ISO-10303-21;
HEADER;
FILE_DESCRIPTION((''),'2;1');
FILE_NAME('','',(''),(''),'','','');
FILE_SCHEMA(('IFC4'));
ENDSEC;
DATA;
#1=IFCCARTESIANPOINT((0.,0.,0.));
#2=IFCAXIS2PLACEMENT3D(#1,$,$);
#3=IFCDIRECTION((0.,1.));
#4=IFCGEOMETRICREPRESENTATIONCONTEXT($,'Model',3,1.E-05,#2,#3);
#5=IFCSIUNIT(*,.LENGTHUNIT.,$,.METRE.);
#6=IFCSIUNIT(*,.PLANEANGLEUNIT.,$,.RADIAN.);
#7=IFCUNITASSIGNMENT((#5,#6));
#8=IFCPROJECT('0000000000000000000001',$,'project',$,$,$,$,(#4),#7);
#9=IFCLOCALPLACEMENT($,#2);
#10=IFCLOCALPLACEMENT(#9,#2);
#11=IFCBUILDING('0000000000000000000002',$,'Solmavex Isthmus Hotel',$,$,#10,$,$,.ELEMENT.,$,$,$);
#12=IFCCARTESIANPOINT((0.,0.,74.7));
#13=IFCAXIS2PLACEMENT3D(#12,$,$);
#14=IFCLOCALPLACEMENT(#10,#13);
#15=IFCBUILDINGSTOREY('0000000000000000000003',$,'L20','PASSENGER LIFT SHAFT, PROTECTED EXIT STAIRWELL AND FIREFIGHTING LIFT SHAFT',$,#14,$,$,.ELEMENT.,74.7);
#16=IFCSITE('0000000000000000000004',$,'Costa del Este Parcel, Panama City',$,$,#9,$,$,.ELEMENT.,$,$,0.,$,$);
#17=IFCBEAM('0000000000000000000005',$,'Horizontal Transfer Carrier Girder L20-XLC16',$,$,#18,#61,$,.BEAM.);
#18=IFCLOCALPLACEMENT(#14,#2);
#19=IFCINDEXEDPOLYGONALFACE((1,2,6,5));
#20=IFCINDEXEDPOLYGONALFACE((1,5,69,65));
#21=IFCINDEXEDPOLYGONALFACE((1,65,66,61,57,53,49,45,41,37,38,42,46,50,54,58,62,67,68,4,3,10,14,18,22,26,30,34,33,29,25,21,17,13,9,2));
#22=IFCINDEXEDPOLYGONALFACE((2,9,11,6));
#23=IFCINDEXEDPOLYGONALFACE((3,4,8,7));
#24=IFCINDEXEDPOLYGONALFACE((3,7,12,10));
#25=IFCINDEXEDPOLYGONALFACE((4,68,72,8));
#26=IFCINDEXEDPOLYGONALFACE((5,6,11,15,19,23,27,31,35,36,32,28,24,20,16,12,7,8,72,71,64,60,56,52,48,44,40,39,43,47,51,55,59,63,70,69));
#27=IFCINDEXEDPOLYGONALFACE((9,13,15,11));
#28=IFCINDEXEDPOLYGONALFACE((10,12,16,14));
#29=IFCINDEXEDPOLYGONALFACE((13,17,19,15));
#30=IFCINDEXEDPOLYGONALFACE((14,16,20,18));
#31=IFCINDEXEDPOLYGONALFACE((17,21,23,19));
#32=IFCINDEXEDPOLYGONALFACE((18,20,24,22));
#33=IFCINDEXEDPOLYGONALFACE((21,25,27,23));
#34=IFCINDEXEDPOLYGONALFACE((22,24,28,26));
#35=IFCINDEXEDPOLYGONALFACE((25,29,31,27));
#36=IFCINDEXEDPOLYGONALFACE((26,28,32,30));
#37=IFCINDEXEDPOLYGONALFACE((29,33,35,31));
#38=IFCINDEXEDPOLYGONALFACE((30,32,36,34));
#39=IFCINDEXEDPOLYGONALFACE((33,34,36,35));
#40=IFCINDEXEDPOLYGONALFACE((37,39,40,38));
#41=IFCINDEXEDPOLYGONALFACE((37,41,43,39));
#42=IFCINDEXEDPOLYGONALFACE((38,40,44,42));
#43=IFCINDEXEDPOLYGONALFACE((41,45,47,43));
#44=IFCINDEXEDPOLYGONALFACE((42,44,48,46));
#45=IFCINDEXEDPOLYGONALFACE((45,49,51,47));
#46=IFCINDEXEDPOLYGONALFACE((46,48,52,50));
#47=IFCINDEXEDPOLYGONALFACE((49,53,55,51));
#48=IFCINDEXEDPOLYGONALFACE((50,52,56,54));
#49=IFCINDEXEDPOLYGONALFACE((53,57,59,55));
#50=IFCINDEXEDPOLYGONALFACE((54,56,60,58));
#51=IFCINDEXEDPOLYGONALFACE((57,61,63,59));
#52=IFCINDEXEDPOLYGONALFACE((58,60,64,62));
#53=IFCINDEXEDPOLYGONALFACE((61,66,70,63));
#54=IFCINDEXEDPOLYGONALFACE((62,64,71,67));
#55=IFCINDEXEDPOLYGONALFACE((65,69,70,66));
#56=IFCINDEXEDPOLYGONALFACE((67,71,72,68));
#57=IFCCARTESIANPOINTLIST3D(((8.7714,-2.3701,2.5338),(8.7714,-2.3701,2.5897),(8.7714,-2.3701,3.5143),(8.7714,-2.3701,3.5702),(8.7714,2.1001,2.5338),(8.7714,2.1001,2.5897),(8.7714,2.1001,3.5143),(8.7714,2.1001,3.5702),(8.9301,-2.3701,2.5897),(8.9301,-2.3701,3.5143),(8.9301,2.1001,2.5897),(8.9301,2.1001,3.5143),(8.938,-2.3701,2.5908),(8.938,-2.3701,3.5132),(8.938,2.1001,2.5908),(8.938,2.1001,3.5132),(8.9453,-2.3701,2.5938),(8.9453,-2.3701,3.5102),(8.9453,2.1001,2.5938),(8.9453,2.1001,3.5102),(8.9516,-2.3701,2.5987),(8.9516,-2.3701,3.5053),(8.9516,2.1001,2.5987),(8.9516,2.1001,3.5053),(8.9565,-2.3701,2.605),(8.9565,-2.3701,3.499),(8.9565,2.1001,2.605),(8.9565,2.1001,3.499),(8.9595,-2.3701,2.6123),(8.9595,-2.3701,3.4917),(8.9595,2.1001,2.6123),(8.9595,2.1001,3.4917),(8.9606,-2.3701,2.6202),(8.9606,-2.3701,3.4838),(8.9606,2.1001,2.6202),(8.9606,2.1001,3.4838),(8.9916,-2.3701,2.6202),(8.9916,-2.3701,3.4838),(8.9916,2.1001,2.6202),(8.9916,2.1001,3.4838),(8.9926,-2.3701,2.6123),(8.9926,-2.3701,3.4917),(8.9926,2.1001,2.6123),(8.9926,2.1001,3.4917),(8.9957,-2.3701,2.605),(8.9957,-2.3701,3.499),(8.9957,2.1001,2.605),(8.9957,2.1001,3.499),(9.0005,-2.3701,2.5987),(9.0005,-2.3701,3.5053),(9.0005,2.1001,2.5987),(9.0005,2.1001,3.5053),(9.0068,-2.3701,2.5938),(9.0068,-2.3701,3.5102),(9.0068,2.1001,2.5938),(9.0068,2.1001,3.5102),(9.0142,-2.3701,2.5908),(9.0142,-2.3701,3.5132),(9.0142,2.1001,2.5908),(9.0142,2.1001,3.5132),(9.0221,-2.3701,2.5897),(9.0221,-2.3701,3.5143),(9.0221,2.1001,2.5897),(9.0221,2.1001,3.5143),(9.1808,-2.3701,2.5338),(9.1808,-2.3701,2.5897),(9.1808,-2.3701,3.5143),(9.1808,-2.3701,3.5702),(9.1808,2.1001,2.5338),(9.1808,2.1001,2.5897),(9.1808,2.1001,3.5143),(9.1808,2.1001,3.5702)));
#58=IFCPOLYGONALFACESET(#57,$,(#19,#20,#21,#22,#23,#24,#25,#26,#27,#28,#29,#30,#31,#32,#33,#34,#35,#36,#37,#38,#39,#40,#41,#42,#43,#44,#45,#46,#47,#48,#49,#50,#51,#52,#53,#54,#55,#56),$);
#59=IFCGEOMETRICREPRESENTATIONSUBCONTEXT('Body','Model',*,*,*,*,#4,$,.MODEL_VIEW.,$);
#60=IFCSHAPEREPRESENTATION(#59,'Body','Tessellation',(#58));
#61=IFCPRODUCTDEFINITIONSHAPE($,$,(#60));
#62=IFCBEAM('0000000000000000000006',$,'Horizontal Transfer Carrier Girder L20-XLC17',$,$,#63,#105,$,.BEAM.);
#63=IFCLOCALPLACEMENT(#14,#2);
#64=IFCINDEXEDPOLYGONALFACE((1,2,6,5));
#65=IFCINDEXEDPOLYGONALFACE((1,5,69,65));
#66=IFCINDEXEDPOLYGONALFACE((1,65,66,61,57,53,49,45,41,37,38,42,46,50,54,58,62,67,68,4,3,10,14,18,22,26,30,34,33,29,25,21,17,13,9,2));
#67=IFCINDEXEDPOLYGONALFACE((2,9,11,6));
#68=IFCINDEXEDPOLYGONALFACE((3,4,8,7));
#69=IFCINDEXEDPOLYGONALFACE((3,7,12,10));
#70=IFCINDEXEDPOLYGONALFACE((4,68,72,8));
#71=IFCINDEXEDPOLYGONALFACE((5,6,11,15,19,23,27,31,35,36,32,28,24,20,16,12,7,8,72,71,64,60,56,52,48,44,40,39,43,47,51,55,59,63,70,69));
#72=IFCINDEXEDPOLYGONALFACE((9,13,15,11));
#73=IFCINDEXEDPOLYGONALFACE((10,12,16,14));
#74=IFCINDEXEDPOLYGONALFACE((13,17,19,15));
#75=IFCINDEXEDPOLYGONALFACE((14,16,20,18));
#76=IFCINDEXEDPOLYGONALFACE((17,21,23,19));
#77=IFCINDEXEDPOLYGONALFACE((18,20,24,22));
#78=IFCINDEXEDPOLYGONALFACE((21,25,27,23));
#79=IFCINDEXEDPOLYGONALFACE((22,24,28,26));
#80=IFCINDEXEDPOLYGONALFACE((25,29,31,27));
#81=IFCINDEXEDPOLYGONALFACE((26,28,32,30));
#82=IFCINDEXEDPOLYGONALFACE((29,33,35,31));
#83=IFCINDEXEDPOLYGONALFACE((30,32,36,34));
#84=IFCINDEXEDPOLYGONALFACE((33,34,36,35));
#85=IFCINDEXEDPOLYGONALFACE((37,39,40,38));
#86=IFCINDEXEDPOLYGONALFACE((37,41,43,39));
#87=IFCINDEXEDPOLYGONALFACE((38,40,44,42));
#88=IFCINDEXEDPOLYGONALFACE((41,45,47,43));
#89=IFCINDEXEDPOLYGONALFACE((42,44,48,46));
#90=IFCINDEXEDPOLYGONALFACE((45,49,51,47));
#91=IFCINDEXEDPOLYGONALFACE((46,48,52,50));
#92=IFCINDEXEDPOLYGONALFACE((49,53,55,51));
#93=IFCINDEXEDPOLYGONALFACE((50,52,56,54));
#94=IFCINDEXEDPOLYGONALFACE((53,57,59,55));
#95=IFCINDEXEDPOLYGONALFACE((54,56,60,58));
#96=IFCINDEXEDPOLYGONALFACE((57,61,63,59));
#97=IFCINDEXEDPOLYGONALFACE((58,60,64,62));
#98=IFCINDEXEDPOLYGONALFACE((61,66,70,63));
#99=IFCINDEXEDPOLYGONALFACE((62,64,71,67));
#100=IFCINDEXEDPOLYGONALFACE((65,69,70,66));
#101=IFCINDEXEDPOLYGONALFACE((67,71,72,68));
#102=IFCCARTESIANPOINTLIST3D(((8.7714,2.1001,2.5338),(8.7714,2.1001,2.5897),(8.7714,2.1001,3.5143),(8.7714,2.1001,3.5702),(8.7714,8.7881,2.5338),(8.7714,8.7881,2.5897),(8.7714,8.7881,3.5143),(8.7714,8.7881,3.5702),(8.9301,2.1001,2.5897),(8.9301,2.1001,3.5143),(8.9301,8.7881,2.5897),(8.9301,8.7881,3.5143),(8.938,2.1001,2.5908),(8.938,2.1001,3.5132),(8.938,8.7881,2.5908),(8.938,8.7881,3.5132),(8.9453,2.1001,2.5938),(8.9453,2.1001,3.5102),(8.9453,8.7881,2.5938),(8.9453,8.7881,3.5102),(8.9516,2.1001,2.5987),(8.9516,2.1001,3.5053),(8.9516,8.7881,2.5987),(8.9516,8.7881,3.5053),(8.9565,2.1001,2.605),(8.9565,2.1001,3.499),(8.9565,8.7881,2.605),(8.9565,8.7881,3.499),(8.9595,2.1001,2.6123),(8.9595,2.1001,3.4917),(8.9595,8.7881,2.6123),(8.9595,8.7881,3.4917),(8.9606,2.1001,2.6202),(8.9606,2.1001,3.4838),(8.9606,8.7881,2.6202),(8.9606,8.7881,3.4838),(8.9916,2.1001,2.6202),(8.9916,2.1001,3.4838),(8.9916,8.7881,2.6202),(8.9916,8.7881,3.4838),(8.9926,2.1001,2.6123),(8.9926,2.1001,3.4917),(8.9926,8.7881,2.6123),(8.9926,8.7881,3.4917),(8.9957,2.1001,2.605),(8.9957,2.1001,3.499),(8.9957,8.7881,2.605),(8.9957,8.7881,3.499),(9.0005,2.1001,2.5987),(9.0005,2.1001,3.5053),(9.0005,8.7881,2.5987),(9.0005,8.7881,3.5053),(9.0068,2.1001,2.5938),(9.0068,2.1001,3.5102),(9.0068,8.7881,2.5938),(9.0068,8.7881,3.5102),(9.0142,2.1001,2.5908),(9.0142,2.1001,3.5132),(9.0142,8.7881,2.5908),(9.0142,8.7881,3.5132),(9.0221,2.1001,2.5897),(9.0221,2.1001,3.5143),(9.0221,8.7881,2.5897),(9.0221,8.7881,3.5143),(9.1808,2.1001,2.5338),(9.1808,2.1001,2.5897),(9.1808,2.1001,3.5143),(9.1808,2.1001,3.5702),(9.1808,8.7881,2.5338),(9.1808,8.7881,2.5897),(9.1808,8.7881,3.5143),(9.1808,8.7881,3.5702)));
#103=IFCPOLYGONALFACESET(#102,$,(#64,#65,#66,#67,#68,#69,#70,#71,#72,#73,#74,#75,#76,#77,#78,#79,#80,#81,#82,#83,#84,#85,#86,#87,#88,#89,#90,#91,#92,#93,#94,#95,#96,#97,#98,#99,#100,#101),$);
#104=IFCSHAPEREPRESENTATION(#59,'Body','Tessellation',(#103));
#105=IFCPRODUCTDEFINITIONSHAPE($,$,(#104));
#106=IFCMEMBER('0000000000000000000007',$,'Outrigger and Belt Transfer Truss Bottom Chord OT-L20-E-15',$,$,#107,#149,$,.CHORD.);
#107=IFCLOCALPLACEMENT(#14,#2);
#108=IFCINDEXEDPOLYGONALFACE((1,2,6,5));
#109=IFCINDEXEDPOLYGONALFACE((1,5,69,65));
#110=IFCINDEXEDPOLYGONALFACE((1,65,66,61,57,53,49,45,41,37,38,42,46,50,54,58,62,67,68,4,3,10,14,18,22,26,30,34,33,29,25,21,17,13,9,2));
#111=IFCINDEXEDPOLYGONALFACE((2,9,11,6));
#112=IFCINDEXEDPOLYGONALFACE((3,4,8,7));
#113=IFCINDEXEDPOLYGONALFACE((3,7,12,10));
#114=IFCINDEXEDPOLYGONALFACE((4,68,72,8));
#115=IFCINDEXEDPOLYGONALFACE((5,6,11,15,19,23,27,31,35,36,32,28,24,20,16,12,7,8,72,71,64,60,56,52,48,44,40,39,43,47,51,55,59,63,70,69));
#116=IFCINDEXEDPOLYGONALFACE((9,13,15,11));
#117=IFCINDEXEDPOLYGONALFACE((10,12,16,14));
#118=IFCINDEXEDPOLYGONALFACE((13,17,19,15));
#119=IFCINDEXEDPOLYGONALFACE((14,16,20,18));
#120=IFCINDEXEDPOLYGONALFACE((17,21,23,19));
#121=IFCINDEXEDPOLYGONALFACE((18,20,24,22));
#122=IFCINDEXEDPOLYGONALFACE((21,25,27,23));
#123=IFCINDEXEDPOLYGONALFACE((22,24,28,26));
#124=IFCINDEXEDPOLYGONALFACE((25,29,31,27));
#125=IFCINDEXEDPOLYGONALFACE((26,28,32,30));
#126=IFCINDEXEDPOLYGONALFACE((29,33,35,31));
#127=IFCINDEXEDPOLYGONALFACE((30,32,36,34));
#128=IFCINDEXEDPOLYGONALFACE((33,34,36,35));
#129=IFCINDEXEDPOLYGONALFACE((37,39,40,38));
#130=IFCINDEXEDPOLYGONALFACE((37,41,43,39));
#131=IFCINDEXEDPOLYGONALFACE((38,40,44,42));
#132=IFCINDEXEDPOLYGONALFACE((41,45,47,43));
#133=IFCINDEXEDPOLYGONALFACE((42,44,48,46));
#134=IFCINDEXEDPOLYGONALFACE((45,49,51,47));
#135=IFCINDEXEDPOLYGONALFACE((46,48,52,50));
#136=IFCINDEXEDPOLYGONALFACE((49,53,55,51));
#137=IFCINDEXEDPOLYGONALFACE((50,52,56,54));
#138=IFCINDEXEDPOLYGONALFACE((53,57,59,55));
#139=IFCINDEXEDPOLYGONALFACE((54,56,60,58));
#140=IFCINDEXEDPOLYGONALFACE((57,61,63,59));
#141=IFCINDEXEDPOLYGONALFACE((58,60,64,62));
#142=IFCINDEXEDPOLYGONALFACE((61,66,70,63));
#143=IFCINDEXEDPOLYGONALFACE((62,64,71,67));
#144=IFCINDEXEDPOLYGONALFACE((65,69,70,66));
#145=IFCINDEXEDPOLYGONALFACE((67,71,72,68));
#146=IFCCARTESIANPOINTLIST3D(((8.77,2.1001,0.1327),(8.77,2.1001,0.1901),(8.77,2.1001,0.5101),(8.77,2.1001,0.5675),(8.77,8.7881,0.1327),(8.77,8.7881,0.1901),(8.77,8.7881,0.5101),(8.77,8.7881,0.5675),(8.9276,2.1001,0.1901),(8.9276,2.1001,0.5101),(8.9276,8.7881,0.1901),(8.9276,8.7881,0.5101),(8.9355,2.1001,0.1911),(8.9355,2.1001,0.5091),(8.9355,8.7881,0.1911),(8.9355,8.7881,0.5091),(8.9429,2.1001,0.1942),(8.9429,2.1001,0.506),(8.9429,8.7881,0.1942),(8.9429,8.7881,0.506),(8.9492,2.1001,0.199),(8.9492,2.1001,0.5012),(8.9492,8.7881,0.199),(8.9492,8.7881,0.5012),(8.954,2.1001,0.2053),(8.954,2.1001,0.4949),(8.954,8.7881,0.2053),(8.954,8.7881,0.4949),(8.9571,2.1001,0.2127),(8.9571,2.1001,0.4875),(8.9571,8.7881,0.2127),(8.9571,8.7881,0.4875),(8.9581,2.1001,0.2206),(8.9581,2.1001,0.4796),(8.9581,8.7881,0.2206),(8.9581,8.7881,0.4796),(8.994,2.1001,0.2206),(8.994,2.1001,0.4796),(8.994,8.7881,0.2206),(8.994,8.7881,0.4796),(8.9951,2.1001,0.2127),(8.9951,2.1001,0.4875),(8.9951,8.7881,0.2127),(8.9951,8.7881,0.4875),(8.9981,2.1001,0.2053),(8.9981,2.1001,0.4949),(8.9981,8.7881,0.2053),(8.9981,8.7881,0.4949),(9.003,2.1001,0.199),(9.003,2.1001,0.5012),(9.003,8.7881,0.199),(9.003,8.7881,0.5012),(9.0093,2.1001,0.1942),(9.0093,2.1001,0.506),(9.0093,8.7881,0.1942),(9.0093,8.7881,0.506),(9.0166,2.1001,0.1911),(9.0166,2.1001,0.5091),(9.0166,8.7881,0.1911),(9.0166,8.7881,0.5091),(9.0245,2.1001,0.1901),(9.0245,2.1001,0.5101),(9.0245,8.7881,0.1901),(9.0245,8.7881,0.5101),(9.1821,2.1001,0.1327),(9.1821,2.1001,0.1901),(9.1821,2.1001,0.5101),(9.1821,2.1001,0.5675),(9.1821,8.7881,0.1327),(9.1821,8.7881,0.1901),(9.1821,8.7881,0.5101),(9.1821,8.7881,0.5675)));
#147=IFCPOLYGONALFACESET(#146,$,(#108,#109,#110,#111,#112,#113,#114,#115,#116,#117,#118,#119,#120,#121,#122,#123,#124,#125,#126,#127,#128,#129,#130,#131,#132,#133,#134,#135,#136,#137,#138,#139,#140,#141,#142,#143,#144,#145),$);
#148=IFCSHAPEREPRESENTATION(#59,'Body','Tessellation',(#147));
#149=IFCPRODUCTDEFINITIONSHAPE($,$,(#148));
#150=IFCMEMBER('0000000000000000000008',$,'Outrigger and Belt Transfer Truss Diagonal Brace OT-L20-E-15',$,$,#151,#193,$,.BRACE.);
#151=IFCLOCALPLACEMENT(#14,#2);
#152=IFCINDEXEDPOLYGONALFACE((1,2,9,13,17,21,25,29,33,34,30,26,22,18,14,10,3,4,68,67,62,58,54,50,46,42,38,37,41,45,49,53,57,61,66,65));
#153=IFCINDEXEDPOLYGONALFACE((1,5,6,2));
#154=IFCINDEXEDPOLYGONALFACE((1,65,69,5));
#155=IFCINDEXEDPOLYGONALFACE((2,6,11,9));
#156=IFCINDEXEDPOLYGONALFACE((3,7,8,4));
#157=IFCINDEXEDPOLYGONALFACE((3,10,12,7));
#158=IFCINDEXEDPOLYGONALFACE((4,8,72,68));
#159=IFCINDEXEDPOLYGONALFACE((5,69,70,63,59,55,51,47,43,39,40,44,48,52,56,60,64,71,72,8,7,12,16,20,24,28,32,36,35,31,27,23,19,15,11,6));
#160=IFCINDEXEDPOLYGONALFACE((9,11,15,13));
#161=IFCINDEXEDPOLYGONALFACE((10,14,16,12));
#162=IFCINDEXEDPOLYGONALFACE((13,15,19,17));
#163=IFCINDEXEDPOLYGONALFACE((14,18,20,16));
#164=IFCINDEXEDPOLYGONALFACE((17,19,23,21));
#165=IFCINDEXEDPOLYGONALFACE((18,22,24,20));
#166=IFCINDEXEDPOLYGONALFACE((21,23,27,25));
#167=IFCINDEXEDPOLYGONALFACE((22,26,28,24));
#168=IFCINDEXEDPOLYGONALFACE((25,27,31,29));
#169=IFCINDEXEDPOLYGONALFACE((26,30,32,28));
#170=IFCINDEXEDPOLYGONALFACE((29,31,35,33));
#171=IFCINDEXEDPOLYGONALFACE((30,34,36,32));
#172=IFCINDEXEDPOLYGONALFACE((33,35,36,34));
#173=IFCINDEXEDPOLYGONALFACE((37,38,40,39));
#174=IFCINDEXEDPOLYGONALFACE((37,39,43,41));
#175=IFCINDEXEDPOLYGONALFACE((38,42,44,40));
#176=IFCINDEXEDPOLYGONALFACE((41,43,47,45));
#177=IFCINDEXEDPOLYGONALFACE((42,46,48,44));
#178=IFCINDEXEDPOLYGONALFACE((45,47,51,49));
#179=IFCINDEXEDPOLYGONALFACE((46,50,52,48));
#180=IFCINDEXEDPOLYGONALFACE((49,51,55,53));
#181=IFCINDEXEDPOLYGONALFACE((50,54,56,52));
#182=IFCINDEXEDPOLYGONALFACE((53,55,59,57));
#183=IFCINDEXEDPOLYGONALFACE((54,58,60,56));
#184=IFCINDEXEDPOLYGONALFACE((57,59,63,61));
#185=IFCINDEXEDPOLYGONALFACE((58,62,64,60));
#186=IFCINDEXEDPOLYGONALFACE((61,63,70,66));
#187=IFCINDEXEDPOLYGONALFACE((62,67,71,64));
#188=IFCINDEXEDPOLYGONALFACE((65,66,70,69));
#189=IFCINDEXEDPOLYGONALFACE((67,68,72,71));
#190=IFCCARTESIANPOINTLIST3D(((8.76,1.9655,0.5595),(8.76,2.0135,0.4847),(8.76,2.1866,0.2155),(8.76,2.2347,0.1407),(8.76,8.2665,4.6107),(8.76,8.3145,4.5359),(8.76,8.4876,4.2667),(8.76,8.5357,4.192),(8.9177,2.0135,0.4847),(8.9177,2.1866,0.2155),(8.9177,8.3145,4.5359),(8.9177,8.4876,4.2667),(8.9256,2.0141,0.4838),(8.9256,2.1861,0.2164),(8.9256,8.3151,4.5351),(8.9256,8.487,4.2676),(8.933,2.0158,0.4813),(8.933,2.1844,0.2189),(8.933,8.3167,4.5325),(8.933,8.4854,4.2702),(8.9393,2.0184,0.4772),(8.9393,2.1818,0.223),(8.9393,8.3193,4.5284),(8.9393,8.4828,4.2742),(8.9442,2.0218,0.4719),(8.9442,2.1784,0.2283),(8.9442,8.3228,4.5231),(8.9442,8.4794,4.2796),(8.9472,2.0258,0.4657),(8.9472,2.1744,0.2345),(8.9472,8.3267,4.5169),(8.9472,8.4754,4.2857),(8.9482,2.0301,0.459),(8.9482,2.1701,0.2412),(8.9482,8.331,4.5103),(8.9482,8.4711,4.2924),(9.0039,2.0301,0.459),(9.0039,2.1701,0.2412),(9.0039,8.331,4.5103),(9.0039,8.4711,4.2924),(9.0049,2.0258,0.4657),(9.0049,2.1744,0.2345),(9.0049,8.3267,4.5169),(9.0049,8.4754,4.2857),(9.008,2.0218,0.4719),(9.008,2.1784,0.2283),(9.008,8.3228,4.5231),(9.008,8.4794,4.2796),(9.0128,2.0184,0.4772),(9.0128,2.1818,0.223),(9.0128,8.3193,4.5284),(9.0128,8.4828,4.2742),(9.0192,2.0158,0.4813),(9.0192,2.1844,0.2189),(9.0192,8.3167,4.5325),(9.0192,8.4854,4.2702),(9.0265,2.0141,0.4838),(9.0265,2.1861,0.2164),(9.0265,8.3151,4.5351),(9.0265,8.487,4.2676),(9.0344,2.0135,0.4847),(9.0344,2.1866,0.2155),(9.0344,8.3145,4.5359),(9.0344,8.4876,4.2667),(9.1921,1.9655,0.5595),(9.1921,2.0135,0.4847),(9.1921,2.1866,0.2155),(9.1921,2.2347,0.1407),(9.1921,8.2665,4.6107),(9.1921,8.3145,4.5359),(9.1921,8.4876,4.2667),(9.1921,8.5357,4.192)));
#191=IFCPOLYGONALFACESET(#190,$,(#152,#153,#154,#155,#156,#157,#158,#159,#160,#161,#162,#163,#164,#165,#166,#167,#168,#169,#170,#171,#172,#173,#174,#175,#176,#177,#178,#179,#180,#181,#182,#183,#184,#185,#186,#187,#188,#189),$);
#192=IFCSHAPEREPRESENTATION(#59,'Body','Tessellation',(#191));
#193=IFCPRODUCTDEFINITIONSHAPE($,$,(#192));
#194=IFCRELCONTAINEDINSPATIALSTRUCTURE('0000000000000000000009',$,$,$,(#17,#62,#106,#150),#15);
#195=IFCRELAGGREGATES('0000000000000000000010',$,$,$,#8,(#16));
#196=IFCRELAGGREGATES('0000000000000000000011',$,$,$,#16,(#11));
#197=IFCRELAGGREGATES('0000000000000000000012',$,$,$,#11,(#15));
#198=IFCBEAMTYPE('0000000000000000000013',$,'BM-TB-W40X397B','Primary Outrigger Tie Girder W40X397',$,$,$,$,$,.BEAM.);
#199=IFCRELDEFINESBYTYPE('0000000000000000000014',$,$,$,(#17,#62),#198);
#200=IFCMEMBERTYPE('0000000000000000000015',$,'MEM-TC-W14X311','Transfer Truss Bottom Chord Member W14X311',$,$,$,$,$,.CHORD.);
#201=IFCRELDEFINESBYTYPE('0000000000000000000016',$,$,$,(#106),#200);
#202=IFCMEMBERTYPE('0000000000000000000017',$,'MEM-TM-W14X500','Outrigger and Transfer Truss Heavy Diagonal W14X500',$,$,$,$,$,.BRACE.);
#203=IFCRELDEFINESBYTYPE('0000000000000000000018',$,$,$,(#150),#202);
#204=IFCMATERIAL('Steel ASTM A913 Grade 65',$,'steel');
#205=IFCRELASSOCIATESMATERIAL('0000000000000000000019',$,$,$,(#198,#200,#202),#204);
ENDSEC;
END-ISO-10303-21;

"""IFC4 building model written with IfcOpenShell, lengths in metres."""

from ifc_helpers import new_model, si_unit, direction, frame, origin, origin_2d, place, context, subcontext, project, spatial, i_section, extrude, material, material_profile, profile_set, type_object, element, save


model = new_model("IFC4")

# Units and contexts
model_context = context("Model", 3, precision=1e-05, world=origin(), true_north=direction((0.0, 1.0)))
body_context = subcontext(model_context, "Body", "Model", "MODEL_VIEW")
ifc_project = project(units=[si_unit("LENGTHUNIT", "METRE"), si_unit("PLANEANGLEUNIT", "RADIAN")], contexts=[model_context])

# Site, building, storey
site_placement = place(None, origin())
site = spatial("IfcSite", under=ifc_project, at=site_placement, Name="Costa del Este Parcel, Panama City", CompositionType="ELEMENT", RefElevation=0.0)
building_placement = place(site_placement, origin())
building = spatial("IfcBuilding", under=site, at=building_placement, Name="Solmavex Isthmus Hotel", CompositionType="ELEMENT")
storey_placement = place(building_placement, frame((0.0, 0.0, 74.7)))
storey = spatial("IfcBuildingStorey", under=building, at=storey_placement, Name="L20", Description="PASSENGER LIFT SHAFT, PROTECTED EXIT STAIRWELL AND FIREFIGHTING LIFT SHAFT", CompositionType="ELEMENT", Elevation=74.7)

# Shared definitions
ifc_material_1 = material(Name="Steel ASTM A913 Grade 65", Category="steel")

# Beams
ifc_material_profile_1 = material_profile(ifc_material_1, i_section(OverallWidth=0.4094, OverallDepth=1.0364, WebThickness=0.031, FlangeThickness=0.0559, FilletRadius=0.0305, at=origin_2d()), Name="W40X397")
ifc_profile_set_1 = profile_set([ifc_material_profile_1], Name="Steel ASTM A913 Grade 65")
beam_type_1 = type_object("IfcBeamType", Name="BM-TB-W40X397B", Description="Primary Outrigger Tie Girder W40X397", PredefinedType="BEAM", material=ifc_profile_set_1)
beam_1_placement = place(storey_placement, frame((8.9761, -2.3701, 3.052), z_axis=(0.0, 1.0, 0.0), x_axis=(-1.0, 0.0, 0.0)))
element("IfcBeam", 1, at=beam_1_placement, inside=storey, type_object=beam_type_1, Name="Horizontal Transfer Carrier Girder L20-XLC16", PredefinedType="BEAM", context=body_context, shape_type="SweptSolid", body=[
    extrude(i_section(OverallWidth=0.4094, OverallDepth=1.0364, WebThickness=0.031, FlangeThickness=0.0559, FilletRadius=0.0305, at=origin_2d()), origin(), (0.0, 0.0, 1.0), 4.4702),
])
beam_2_placement = place(storey_placement, frame((8.9761, 2.1001, 3.052), z_axis=(0.0, 1.0, 0.0), x_axis=(-1.0, 0.0, 0.0)))
element("IfcBeam", 2, at=beam_2_placement, inside=storey, type_object=beam_type_1, Name="Horizontal Transfer Carrier Girder L20-XLC17", PredefinedType="BEAM", context=body_context, shape_type="SweptSolid", body=[
    extrude(i_section(OverallWidth=0.4094, OverallDepth=1.0364, WebThickness=0.031, FlangeThickness=0.0559, FilletRadius=0.0305, at=origin_2d()), origin(), (0.0, 0.0, 1.0), 6.688),
])

# Members
ifc_material_profile_2 = material_profile(ifc_material_1, i_section(OverallWidth=0.4121, OverallDepth=0.4348, WebThickness=0.0359, FlangeThickness=0.0574, FilletRadius=0.0305, at=origin_2d()), Name="W14X311")
ifc_profile_set_2 = profile_set([ifc_material_profile_2], Name="Steel ASTM A913 Grade 65")
member_type_1 = type_object("IfcMemberType", Name="MEM-TC-W14X311", Description="Transfer Truss Bottom Chord Member W14X311", PredefinedType="CHORD", material=ifc_profile_set_2)
member_1_placement = place(storey_placement, frame((8.9761, 2.1001, 0.3501), z_axis=(0.0, 1.0, 0.0), x_axis=(-1.0, 0.0, 0.0)))
element("IfcMember", 3, at=member_1_placement, inside=storey, type_object=member_type_1, Name="Outrigger and Belt Transfer Truss Bottom Chord OT-L20-E-15", PredefinedType="CHORD", context=body_context, shape_type="SweptSolid", body=[
    extrude(i_section(OverallWidth=0.4121, OverallDepth=0.4348, WebThickness=0.0359, FlangeThickness=0.0574, FilletRadius=0.0305, at=origin_2d()), origin(), (0.0, 0.0, 1.0), 6.688),
])
ifc_material_profile_3 = material_profile(ifc_material_1, i_section(OverallWidth=0.4321, OverallDepth=0.4978, WebThickness=0.0557, FlangeThickness=0.0889, FilletRadius=0.0305, at=origin_2d()), Name="W14X500")
ifc_profile_set_3 = profile_set([ifc_material_profile_3], Name="Steel ASTM A913 Grade 65")
member_type_2 = type_object("IfcMemberType", Name="MEM-TM-W14X500", Description="Outrigger and Transfer Truss Heavy Diagonal W14X500", PredefinedType="BRACE", material=ifc_profile_set_3)
member_2_placement = place(storey_placement, frame((8.9761, 2.1001, 0.3501), z_axis=(0.0, 0.841141, 0.540815), x_axis=(-1.0, 0.0, 0.0)))
element("IfcMember", 4, at=member_2_placement, inside=storey, type_object=member_type_2, Name="Outrigger and Belt Transfer Truss Diagonal Brace OT-L20-E-15", PredefinedType="BRACE", context=body_context, shape_type="SweptSolid", body=[
    extrude(i_section(OverallWidth=0.4321, OverallDepth=0.4978, WebThickness=0.0557, FlangeThickness=0.0889, FilletRadius=0.0305, at=origin_2d()), origin(), (0.0, 0.0, 1.0), 7.491),
])

save(model, "model.ifc")
